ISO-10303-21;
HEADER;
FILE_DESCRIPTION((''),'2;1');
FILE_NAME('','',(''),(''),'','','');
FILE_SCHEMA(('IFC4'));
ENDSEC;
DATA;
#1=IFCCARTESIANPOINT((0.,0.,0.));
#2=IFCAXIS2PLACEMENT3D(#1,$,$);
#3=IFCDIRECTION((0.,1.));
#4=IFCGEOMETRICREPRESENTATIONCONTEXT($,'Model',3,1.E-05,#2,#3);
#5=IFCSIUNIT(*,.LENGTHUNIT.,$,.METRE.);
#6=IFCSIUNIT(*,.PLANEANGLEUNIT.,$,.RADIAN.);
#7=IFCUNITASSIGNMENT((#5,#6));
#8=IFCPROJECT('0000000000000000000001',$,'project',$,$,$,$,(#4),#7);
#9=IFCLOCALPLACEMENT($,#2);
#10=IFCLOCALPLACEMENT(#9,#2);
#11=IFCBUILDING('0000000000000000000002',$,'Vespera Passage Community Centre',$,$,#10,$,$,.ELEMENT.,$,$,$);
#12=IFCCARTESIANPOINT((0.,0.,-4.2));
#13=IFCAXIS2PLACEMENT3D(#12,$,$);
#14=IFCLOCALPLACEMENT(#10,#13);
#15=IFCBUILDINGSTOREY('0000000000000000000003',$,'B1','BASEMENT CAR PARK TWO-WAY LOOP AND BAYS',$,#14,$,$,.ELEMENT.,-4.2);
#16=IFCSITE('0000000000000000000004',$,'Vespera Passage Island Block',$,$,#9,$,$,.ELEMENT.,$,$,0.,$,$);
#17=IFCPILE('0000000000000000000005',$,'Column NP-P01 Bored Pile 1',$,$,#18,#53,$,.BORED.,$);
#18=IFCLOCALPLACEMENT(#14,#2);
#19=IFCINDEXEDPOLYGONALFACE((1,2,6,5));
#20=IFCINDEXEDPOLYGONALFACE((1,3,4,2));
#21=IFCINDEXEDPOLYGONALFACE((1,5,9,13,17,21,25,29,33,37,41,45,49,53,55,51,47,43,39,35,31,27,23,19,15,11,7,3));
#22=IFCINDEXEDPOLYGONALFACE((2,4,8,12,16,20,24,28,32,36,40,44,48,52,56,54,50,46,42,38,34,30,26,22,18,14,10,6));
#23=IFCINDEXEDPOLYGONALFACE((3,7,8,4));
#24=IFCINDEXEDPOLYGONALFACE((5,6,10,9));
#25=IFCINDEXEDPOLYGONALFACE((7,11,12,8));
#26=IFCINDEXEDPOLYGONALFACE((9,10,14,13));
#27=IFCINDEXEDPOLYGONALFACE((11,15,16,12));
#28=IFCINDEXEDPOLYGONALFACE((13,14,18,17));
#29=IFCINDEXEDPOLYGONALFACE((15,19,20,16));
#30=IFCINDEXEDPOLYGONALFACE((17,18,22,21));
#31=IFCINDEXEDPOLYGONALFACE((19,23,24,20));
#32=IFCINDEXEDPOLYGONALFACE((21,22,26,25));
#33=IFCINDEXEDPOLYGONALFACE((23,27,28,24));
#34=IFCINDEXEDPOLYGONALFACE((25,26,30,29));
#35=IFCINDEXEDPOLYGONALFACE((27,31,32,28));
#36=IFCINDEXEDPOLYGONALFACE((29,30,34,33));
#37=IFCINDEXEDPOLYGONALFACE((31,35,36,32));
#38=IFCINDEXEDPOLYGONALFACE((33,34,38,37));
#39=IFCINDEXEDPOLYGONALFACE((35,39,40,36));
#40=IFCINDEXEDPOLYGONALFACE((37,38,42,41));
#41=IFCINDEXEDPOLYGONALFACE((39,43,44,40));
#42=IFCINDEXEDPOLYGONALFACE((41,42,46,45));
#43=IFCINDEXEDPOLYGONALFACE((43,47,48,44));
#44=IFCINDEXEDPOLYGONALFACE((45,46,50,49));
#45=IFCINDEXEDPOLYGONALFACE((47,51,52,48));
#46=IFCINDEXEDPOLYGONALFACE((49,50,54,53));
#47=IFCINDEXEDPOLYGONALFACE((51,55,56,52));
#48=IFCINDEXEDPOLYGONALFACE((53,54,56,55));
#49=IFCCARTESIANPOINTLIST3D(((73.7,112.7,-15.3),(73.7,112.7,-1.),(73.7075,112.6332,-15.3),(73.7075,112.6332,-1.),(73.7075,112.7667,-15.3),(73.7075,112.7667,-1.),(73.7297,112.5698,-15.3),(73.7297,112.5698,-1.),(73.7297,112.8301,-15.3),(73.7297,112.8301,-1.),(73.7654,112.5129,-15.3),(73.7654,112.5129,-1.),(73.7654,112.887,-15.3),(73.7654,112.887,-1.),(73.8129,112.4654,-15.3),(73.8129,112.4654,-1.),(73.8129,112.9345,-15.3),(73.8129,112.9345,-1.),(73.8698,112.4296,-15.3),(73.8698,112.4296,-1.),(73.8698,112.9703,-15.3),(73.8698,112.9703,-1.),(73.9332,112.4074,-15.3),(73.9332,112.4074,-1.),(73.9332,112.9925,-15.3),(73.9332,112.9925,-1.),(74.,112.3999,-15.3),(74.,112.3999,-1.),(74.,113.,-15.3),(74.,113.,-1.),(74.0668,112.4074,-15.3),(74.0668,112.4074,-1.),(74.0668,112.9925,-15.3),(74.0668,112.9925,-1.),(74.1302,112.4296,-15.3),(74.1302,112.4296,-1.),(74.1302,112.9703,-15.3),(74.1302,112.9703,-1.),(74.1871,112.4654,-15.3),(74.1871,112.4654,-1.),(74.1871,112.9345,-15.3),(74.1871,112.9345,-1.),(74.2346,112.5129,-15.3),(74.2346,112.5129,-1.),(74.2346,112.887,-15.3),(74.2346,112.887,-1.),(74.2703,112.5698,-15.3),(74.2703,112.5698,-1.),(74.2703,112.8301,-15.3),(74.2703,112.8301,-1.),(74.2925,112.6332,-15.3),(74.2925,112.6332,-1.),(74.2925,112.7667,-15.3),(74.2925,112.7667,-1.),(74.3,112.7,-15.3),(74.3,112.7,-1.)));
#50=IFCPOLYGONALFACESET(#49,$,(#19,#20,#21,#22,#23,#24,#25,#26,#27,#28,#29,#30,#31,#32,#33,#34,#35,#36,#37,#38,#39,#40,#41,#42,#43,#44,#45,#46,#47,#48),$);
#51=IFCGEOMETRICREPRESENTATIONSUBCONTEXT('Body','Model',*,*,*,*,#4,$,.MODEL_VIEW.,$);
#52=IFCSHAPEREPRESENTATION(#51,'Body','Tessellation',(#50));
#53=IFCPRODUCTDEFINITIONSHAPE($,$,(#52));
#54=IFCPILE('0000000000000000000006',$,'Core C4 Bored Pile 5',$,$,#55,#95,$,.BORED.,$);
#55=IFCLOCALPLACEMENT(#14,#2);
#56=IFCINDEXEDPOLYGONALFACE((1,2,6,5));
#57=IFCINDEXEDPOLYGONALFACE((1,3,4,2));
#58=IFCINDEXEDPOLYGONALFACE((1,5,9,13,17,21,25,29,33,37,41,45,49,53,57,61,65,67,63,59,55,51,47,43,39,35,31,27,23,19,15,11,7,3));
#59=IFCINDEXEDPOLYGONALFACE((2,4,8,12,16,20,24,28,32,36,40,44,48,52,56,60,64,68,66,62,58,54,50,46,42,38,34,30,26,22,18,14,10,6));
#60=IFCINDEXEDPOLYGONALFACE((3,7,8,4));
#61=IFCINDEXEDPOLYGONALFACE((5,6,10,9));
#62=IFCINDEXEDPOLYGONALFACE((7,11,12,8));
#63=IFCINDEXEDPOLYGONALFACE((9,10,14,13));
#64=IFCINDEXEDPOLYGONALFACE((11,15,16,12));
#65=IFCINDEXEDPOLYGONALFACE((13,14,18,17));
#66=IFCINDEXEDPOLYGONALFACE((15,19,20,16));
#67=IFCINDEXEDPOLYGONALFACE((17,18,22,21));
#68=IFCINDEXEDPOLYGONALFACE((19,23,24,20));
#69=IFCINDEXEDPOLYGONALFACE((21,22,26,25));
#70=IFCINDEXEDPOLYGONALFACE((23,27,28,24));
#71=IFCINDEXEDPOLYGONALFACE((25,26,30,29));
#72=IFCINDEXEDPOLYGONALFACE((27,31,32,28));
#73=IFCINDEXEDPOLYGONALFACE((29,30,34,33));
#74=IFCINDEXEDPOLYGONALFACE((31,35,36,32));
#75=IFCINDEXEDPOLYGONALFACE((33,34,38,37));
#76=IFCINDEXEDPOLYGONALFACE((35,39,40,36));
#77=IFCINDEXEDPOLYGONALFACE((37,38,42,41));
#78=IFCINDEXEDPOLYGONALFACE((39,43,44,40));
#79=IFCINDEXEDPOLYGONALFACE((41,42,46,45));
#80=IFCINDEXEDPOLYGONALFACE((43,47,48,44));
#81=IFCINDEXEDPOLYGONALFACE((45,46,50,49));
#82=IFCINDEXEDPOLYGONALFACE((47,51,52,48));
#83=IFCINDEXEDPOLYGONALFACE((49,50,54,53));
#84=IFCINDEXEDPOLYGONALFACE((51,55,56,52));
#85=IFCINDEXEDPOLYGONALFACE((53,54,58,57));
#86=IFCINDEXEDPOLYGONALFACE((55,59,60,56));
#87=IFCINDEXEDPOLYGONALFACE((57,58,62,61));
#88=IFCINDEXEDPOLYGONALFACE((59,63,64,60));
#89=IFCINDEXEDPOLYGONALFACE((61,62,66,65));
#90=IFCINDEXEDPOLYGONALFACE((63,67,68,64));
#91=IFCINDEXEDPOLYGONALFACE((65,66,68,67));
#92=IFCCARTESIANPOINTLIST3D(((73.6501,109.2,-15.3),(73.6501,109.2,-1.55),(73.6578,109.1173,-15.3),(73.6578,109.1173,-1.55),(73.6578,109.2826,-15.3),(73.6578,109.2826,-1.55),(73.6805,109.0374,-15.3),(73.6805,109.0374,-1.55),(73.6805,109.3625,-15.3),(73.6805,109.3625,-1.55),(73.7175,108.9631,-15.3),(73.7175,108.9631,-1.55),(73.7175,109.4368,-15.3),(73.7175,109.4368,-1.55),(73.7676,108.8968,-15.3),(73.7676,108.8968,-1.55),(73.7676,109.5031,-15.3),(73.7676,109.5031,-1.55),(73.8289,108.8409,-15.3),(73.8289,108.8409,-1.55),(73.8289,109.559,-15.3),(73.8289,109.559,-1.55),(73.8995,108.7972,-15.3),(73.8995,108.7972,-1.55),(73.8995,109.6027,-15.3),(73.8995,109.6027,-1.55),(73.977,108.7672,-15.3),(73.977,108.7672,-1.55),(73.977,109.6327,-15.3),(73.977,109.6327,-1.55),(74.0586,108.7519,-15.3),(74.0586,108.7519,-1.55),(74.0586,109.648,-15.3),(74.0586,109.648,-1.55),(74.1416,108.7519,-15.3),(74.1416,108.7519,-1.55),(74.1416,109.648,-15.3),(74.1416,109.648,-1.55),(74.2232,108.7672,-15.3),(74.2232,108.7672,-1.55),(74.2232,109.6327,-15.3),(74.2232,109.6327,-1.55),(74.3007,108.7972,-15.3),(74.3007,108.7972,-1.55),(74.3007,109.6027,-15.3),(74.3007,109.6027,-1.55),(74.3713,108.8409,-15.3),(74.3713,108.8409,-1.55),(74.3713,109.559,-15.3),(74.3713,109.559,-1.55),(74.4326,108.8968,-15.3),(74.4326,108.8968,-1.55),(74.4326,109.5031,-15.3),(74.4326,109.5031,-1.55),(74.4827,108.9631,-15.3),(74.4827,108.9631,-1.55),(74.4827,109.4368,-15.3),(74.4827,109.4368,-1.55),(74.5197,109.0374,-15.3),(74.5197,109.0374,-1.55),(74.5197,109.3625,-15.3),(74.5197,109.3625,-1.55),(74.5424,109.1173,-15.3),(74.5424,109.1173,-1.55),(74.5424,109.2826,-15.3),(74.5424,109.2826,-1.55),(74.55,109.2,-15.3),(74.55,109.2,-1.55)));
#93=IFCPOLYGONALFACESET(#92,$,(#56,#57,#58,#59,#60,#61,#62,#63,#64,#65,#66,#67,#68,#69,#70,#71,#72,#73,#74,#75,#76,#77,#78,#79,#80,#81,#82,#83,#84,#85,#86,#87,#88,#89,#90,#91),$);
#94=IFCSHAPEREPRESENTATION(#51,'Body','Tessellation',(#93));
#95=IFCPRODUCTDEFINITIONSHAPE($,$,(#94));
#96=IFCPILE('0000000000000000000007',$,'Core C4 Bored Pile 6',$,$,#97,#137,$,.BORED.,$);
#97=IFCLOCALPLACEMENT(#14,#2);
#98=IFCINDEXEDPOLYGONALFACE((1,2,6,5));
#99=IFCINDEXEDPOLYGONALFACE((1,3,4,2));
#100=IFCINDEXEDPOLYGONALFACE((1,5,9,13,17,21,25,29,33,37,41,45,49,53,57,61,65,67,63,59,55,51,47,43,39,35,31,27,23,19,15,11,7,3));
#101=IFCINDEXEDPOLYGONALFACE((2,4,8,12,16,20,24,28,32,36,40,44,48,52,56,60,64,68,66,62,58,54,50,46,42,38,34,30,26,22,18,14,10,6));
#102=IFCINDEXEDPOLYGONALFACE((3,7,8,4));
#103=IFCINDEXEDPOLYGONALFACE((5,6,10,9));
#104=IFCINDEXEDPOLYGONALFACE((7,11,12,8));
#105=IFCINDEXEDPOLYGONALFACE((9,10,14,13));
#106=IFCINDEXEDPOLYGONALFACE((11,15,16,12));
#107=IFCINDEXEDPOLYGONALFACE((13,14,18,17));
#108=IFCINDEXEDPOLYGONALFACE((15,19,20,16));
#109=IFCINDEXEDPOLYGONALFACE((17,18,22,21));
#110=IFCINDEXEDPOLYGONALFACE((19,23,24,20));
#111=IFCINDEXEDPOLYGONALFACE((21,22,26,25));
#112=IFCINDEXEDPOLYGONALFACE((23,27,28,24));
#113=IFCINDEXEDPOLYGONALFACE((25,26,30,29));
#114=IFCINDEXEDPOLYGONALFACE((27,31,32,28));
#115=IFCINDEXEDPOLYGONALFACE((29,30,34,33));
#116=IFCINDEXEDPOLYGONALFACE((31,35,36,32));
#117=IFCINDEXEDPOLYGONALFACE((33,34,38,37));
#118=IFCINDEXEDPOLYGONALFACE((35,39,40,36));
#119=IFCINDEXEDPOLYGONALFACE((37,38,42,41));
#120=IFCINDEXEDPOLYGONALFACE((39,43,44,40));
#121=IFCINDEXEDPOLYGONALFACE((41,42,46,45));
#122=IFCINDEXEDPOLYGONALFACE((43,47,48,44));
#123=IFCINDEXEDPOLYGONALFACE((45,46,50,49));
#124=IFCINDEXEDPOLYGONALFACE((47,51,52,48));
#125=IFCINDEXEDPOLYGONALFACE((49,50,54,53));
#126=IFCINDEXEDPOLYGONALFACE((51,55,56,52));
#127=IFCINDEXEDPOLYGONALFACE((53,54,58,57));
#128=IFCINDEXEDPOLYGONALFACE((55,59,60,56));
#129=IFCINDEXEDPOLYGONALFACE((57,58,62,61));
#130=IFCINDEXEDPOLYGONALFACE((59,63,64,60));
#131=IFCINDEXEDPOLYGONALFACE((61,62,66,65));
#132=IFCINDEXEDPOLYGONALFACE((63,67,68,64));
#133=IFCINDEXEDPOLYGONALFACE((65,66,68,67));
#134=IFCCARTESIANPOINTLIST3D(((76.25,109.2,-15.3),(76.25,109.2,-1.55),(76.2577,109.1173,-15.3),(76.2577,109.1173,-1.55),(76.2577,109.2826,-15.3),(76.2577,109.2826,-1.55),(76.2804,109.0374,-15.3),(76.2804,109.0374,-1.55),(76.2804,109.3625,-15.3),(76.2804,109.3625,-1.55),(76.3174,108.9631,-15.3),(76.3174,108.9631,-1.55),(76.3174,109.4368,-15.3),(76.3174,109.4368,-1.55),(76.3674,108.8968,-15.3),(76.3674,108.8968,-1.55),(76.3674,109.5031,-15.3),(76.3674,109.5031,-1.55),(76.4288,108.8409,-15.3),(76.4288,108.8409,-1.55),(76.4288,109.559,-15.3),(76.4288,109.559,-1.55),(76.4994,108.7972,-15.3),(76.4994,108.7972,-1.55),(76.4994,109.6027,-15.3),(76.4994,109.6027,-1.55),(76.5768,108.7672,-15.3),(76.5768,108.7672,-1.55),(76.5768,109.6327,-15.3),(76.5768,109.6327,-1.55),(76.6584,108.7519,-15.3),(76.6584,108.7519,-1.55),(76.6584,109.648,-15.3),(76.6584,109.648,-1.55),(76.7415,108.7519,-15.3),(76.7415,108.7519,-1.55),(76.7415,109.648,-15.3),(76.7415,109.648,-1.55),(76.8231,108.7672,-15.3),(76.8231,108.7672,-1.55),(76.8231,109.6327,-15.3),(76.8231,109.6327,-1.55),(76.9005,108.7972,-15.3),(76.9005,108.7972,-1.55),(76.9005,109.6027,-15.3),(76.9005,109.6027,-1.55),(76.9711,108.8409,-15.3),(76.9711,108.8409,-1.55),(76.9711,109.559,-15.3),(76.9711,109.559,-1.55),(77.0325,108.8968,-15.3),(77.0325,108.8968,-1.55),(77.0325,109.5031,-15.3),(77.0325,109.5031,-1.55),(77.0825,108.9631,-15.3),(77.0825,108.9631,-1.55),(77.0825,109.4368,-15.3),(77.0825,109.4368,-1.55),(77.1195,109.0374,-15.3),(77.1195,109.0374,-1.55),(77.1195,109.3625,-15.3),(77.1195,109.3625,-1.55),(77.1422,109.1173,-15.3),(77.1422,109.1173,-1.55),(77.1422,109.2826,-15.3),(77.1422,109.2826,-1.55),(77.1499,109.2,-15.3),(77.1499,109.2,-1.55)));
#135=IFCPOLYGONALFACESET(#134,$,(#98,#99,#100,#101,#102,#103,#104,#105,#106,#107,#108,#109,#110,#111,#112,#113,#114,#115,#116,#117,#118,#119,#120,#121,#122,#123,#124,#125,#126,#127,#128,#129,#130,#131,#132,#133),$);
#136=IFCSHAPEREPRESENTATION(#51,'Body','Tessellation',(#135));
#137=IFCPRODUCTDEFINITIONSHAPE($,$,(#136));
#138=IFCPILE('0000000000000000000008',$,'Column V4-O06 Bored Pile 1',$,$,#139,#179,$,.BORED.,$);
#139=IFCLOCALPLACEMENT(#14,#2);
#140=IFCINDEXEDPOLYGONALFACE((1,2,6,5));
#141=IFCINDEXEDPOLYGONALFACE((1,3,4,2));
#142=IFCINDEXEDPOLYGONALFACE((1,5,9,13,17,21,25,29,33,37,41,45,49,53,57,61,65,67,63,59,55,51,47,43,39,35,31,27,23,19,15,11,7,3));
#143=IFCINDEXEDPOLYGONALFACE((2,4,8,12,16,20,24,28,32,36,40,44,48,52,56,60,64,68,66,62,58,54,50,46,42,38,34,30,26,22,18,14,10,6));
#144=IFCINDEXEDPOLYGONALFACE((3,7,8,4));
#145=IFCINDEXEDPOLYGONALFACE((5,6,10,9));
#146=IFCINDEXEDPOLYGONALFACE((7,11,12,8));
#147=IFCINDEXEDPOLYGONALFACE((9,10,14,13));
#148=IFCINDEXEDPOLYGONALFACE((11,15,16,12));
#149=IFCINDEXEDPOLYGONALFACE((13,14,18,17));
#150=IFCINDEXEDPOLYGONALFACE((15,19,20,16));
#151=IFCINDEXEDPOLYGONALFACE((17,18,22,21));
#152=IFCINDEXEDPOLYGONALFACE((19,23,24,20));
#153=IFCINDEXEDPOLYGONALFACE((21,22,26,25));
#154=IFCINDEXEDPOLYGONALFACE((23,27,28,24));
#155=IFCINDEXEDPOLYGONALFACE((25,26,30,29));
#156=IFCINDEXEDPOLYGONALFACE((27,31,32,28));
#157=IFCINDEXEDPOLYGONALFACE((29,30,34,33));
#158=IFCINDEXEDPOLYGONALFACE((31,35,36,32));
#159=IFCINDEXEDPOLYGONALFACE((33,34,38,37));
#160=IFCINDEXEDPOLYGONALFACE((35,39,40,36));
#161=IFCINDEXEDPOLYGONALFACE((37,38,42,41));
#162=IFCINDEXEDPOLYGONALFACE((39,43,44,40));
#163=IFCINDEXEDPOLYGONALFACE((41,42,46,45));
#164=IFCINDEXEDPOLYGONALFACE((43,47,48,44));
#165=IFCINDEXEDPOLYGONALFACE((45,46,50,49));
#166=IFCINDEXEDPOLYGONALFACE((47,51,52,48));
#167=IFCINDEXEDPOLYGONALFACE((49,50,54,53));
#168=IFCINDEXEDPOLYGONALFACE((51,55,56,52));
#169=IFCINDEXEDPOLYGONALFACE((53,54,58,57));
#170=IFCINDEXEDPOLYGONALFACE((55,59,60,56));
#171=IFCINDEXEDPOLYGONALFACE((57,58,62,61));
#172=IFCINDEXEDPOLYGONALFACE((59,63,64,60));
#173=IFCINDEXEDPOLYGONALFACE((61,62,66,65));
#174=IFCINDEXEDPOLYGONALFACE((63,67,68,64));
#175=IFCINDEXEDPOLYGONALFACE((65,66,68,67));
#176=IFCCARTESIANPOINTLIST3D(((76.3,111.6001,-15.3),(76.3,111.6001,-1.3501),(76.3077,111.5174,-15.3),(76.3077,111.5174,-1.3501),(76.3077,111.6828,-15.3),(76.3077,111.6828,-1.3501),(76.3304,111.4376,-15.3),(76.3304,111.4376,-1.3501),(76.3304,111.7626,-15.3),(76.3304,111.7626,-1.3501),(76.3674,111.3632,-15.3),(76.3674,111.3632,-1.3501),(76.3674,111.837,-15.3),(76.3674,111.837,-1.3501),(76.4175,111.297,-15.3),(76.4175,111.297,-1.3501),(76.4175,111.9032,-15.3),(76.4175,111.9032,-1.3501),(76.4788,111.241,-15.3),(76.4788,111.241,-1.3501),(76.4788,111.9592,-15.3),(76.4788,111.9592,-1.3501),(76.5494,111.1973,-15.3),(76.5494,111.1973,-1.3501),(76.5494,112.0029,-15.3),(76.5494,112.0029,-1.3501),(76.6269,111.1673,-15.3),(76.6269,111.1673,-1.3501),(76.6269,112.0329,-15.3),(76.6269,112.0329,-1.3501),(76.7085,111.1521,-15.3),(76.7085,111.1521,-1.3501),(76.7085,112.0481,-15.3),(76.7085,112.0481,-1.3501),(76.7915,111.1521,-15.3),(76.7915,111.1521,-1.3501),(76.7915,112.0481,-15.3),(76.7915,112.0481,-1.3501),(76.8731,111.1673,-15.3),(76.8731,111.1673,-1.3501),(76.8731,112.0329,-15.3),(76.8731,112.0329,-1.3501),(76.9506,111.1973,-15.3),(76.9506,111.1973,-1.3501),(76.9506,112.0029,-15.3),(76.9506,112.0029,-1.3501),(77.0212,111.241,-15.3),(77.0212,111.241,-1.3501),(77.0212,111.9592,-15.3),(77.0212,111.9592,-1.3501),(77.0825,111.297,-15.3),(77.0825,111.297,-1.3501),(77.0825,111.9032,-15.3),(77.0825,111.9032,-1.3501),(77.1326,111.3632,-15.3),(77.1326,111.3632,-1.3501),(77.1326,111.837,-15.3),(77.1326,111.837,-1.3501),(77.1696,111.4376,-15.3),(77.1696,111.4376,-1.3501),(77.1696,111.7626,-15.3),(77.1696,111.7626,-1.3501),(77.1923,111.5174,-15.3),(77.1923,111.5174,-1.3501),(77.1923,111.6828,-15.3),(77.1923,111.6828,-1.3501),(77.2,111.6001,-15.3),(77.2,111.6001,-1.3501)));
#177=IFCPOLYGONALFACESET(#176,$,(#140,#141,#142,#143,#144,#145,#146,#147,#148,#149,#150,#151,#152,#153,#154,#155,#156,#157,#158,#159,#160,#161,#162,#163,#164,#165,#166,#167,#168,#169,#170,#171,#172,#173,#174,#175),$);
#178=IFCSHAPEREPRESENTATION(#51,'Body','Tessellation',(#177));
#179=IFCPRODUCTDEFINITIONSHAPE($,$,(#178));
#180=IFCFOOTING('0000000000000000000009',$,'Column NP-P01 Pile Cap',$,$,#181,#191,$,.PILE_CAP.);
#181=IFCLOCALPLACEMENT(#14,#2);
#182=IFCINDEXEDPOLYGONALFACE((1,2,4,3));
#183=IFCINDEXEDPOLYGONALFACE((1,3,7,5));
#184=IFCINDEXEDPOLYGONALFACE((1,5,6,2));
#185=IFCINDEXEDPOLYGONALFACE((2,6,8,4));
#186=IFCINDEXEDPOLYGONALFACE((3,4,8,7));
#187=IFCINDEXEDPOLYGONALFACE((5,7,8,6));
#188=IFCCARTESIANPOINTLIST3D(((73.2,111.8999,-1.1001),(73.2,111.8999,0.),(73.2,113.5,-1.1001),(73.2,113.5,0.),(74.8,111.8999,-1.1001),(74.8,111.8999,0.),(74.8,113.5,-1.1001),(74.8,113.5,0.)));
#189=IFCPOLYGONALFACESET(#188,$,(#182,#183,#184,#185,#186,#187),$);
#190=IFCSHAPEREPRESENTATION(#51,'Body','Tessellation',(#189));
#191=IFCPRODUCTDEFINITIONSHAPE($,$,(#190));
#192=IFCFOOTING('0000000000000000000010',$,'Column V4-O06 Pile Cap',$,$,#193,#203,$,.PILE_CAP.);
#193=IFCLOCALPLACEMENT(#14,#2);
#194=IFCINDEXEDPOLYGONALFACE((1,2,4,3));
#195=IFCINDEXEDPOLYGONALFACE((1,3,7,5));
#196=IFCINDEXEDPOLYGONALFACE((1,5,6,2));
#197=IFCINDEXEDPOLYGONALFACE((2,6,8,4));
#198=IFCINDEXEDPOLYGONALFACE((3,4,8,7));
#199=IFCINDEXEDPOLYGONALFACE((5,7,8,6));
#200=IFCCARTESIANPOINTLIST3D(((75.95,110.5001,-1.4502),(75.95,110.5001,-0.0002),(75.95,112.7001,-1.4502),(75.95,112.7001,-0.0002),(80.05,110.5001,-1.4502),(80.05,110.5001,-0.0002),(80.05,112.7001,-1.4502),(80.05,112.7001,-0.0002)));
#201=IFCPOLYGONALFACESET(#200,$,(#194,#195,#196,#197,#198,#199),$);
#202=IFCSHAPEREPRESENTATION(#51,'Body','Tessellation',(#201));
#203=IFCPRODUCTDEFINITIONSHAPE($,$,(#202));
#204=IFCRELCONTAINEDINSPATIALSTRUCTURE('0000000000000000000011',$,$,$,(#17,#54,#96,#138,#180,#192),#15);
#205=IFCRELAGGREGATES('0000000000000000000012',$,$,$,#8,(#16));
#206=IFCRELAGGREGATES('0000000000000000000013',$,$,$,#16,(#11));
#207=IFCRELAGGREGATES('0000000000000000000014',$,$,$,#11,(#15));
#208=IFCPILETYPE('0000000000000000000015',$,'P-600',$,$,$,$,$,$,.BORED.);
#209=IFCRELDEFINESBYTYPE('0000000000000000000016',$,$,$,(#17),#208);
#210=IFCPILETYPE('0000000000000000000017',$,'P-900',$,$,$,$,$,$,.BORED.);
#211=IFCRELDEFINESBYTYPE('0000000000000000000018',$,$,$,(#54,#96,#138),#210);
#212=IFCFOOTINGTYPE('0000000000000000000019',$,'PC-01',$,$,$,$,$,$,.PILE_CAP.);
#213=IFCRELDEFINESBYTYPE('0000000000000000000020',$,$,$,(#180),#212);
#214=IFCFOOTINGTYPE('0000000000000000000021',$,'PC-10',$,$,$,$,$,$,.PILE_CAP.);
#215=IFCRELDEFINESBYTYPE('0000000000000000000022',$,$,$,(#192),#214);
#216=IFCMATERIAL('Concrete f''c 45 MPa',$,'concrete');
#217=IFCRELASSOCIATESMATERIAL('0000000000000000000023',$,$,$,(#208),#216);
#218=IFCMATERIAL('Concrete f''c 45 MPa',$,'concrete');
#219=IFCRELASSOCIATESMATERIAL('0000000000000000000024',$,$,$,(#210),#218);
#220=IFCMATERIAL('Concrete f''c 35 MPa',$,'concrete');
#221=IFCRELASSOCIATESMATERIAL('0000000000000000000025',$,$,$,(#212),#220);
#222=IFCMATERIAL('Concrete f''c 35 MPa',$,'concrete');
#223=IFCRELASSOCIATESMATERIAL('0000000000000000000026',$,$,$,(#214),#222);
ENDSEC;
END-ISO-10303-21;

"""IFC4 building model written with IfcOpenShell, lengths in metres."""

from ifc_helpers import new_model, si_unit, direction, frame, origin, origin_2d, place, context, subcontext, project, spatial, rectangle, circle, extrude, material, material_profile, profile_set, type_object, element, save


model = new_model("IFC4")

# Units and contexts
model_context = context("Model", 3, precision=1e-05, world=origin(), true_north=direction((0.0, 1.0)))
body_context = subcontext(model_context, "Body", "Model", "MODEL_VIEW")
ifc_project = project(units=[si_unit("LENGTHUNIT", "METRE"), si_unit("PLANEANGLEUNIT", "RADIAN")], contexts=[model_context])

# Site, building, storey
site_placement = place(None, origin())
site = spatial("IfcSite", under=ifc_project, at=site_placement, Name="Vespera Passage Island Block", CompositionType="ELEMENT", RefElevation=0.0)
building_placement = place(site_placement, origin())
building = spatial("IfcBuilding", under=site, at=building_placement, Name="Vespera Passage Community Centre", CompositionType="ELEMENT")
storey_placement = place(building_placement, frame((0.0, 0.0, -4.2)))
storey = spatial("IfcBuildingStorey", under=building, at=storey_placement, Name="B1", Description="BASEMENT CAR PARK TWO-WAY LOOP AND BAYS", CompositionType="ELEMENT", Elevation=-4.2)

# Piles
ifc_material_1 = material(Name="Concrete f'c 45 MPa", Category="concrete")
ifc_material_profile_1 = material_profile(ifc_material_1, circle(Radius=0.3, at=origin_2d()), Name="PILE600DIA")
ifc_profile_set_1 = profile_set([ifc_material_profile_1], Name="Concrete f'c 45 MPa")
pile_type_1 = type_object("IfcPileType", Name="P-600", PredefinedType="BORED", material=ifc_profile_set_1)
pile_1_placement = place(storey_placement, frame((74.0, 112.7, -1.0), z_axis=(0.0, 0.0, -1.0), x_axis=(1.0, 0.0, 0.0)))
element("IfcPile", 1, at=pile_1_placement, inside=storey, type_object=pile_type_1, Name="Column NP-P01 Bored Pile 1", PredefinedType="BORED", context=body_context, shape_type="SweptSolid", body=[
    extrude(circle(Radius=0.3, at=origin_2d()), origin(), (0.0, 0.0, 1.0), 14.3),
])
ifc_material_2 = material(Name="Concrete f'c 45 MPa", Category="concrete")
ifc_material_profile_2 = material_profile(ifc_material_2, circle(Radius=0.45, at=origin_2d()), Name="PILE900DIA")
ifc_profile_set_2 = profile_set([ifc_material_profile_2], Name="Concrete f'c 45 MPa")
pile_type_2 = type_object("IfcPileType", Name="P-900", PredefinedType="BORED", material=ifc_profile_set_2)
for number, where, z_axis, x_axis, name in (
    (2, (74.1001, 109.2, -1.55), (0.0, 0.0, -1.0), (1.0, 0.0, 0.0), "Core C4 Bored Pile 5"),
    (3, (76.7, 109.2, -1.55), (0.0, 0.0, -1.0), (1.0, 0.0, 0.0), "Core C4 Bored Pile 6"),
):
    element("IfcPile", number, at=place(storey_placement, frame(where, z_axis=z_axis, x_axis=x_axis)), inside=storey, type_object=pile_type_2, Name=name, PredefinedType="BORED", context=body_context, shape_type="SweptSolid", body=[
        extrude(circle(Radius=0.45, at=origin_2d()), origin(), (0.0, 0.0, 1.0), 13.75),
    ])
pile_2_placement = place(storey_placement, frame((76.75, 111.6001, -1.3501), z_axis=(0.0, 0.0, -1.0), x_axis=(1.0, 0.0, 0.0)))
element("IfcPile", 4, at=pile_2_placement, inside=storey, type_object=pile_type_2, Name="Column V4-O06 Bored Pile 1", PredefinedType="BORED", context=body_context, shape_type="SweptSolid", body=[
    extrude(circle(Radius=0.45, at=origin_2d()), origin(), (0.0, 0.0, 1.0), 13.95),
])

# Footings
ifc_material_3 = material(Name="Concrete f'c 35 MPa", Category="concrete")
footing_type_1 = type_object("IfcFootingType", Name="PC-01", PredefinedType="PILE_CAP", material=ifc_material_3)
footing_1_placement = place(storey_placement, frame((74.0, 112.7, -1.1001), z_axis=(0.0, 0.0, 1.0), x_axis=(1.0, 0.0, 0.0)))
element("IfcFooting", 5, at=footing_1_placement, inside=storey, type_object=footing_type_1, Name="Column NP-P01 Pile Cap", PredefinedType="PILE_CAP", context=body_context, shape_type="SweptSolid", body=[
    extrude(rectangle(XDim=1.6001, YDim=1.6001, at=origin_2d()), origin(), (0.0, 0.0, 1.0), 1.1001),
])
ifc_material_4 = material(Name="Concrete f'c 35 MPa", Category="concrete")
footing_type_2 = type_object("IfcFootingType", Name="PC-10", PredefinedType="PILE_CAP", material=ifc_material_4)
footing_2_placement = place(storey_placement, frame((78.0, 111.6001, -1.4502), z_axis=(0.0, 0.0, 1.0), x_axis=(1.0, 0.0, 0.0)))
element("IfcFooting", 6, at=footing_2_placement, inside=storey, type_object=footing_type_2, Name="Column V4-O06 Pile Cap", PredefinedType="PILE_CAP", context=body_context, shape_type="SweptSolid", body=[
    extrude(rectangle(XDim=4.1001, YDim=2.2, at=origin_2d()), origin(), (0.0, 0.0, 1.0), 1.45),
])

save(model, "model.ifc")
